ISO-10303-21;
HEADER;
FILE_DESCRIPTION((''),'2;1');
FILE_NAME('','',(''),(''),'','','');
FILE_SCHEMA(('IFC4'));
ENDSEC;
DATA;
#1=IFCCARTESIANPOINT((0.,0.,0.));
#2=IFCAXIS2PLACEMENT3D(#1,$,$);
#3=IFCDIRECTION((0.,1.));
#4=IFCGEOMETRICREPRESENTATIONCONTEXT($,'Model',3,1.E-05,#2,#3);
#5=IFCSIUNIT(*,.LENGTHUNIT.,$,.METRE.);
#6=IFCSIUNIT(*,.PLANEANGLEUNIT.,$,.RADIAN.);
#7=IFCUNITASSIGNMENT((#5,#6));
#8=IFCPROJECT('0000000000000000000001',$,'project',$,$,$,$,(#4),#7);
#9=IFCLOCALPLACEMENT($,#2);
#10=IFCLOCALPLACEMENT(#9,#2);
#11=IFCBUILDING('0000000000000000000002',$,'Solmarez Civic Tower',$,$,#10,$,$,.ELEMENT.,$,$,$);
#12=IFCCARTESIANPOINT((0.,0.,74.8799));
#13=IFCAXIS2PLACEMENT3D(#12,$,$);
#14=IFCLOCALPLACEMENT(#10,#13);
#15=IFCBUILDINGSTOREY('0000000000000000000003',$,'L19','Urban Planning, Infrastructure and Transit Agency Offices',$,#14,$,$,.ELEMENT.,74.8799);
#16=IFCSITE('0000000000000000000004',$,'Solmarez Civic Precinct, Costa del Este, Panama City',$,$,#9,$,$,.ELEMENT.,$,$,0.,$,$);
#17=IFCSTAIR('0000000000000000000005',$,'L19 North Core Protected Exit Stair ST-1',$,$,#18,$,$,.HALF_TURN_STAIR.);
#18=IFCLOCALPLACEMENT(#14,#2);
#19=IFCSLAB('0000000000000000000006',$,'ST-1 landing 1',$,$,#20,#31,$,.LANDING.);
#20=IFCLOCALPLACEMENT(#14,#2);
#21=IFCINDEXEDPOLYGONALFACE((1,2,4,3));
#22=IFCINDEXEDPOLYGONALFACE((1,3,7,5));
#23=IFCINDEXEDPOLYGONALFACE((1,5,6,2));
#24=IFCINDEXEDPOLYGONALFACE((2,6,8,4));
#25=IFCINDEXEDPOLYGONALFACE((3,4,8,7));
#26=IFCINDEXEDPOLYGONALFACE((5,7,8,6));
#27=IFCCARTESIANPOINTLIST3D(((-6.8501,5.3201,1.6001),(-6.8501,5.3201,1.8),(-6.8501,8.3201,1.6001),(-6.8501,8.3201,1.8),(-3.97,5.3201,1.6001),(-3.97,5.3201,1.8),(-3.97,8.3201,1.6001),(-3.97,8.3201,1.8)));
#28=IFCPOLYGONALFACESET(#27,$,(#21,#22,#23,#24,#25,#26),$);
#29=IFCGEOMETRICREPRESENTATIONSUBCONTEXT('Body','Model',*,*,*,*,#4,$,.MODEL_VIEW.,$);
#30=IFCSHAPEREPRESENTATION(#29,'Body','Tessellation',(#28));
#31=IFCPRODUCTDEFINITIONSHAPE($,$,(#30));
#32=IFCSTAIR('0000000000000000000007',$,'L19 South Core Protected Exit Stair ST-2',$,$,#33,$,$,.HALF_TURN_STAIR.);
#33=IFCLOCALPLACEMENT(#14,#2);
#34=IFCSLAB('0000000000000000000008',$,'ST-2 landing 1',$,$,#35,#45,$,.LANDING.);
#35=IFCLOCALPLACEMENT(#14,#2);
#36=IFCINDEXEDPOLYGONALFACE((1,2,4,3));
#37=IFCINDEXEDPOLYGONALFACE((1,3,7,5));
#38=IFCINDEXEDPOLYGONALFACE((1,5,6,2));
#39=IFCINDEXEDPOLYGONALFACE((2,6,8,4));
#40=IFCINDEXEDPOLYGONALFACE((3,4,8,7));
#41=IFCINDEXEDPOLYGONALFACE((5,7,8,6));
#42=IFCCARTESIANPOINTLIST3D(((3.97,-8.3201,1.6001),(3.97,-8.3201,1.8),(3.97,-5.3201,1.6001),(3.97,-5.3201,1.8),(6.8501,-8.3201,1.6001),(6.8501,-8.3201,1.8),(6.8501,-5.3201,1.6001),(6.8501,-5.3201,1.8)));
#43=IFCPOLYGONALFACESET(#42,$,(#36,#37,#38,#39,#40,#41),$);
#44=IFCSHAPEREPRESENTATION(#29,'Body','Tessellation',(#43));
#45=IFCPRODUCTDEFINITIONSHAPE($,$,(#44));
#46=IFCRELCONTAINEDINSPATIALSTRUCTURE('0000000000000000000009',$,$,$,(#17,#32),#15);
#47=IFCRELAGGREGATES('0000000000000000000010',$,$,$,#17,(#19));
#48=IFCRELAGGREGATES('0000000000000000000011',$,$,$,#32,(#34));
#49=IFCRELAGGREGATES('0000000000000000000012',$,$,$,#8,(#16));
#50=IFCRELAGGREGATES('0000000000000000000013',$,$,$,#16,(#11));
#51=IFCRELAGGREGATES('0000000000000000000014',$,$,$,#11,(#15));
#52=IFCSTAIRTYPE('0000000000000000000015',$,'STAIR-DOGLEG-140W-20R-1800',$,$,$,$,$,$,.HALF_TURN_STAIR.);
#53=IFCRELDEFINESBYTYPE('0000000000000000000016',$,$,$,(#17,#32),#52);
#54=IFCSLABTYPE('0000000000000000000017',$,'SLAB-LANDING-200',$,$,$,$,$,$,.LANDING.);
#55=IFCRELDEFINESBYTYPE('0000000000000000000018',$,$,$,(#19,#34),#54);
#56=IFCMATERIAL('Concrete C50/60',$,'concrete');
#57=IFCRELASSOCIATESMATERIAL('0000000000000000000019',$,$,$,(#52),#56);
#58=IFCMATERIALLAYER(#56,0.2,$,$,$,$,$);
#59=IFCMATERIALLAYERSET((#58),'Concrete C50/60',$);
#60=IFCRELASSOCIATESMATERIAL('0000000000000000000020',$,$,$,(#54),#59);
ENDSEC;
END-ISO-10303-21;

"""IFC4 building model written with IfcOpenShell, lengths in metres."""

from ifc_helpers import new_model, si_unit, direction, frame, origin, place, context, subcontext, project, spatial, polyline, outline, extrude, material, layer, layer_set, type_object, element, aggregate, save


model = new_model("IFC4")

# Units and contexts
model_context = context("Model", 3, precision=1e-05, world=origin(), true_north=direction((0.0, 1.0)))
body_context = subcontext(model_context, "Body", "Model", "MODEL_VIEW")
ifc_project = project(units=[si_unit("LENGTHUNIT", "METRE"), si_unit("PLANEANGLEUNIT", "RADIAN")], contexts=[model_context])

# Site, building, storey
site_placement = place(None, origin())
site = spatial("IfcSite", under=ifc_project, at=site_placement, Name="Solmarez Civic Precinct, Costa del Este, Panama City", CompositionType="ELEMENT", RefElevation=0.0)
building_placement = place(site_placement, origin())
building = spatial("IfcBuilding", under=site, at=building_placement, Name="Solmarez Civic Tower", CompositionType="ELEMENT")
storey_placement = place(building_placement, frame((0.0, 0.0, 74.8799)))
storey = spatial("IfcBuildingStorey", under=building, at=storey_placement, Name="L19", Description="Urban Planning, Infrastructure and Transit Agency Offices", CompositionType="ELEMENT", Elevation=74.8799)

# Stairs, slabs
ifc_material_1 = material(Name="Concrete C50/60", Category="concrete")
stair_type = type_object("IfcStairType", Name="STAIR-DOGLEG-140W-20R-1800", PredefinedType="HALF_TURN_STAIR", material=ifc_material_1)
stair_1_placement = place(storey_placement, origin())
stair_1 = element("IfcStair", 1, at=stair_1_placement, inside=storey, type_object=stair_type, Name="L19 North Core Protected Exit Stair ST-1", PredefinedType="HALF_TURN_STAIR")
ifc_layer_1 = layer(ifc_material_1, 0.2)
ifc_layer_set_1 = layer_set([ifc_layer_1], Name="Concrete C50/60")
slab_type_1 = type_object("IfcSlabType", Name="SLAB-LANDING-200", PredefinedType="LANDING", material=ifc_layer_set_1)
slab_1_placement = place(storey_placement, frame((0.0, 0.0, 1.6001)))
slab_1 = element("IfcSlab", 2, at=slab_1_placement, type_object=slab_type_1, Name="ST-1 landing 1", PredefinedType="LANDING", context=body_context, shape_type="SweptSolid", body=[
    extrude(outline(polyline([(-3.97, 8.3201), (-6.8501, 8.3201), (-6.8501, 5.3201), (-3.97, 5.3201), (-3.97, 8.3201)])), origin(), (0.0, 0.0, 1.0), 0.2),
])
aggregate(stair_1, [slab_1])
stair_2_placement = place(storey_placement, origin())
stair_2 = element("IfcStair", 3, at=stair_2_placement, inside=storey, type_object=stair_type, Name="L19 South Core Protected Exit Stair ST-2", PredefinedType="HALF_TURN_STAIR")
slab_2_placement = place(storey_placement, frame((0.0, 0.0, 1.6001)))
slab_2 = element("IfcSlab", 4, at=slab_2_placement, type_object=slab_type_1, Name="ST-2 landing 1", PredefinedType="LANDING", context=body_context, shape_type="SweptSolid", body=[
    extrude(outline(polyline([(3.97, -8.3201), (6.8501, -8.3201), (6.8501, -5.3201), (3.97, -5.3201), (3.97, -8.3201)])), origin(), (0.0, 0.0, 1.0), 0.2),
])

aggregate(stair_2, [slab_2])

save(model, "model.ifc")
